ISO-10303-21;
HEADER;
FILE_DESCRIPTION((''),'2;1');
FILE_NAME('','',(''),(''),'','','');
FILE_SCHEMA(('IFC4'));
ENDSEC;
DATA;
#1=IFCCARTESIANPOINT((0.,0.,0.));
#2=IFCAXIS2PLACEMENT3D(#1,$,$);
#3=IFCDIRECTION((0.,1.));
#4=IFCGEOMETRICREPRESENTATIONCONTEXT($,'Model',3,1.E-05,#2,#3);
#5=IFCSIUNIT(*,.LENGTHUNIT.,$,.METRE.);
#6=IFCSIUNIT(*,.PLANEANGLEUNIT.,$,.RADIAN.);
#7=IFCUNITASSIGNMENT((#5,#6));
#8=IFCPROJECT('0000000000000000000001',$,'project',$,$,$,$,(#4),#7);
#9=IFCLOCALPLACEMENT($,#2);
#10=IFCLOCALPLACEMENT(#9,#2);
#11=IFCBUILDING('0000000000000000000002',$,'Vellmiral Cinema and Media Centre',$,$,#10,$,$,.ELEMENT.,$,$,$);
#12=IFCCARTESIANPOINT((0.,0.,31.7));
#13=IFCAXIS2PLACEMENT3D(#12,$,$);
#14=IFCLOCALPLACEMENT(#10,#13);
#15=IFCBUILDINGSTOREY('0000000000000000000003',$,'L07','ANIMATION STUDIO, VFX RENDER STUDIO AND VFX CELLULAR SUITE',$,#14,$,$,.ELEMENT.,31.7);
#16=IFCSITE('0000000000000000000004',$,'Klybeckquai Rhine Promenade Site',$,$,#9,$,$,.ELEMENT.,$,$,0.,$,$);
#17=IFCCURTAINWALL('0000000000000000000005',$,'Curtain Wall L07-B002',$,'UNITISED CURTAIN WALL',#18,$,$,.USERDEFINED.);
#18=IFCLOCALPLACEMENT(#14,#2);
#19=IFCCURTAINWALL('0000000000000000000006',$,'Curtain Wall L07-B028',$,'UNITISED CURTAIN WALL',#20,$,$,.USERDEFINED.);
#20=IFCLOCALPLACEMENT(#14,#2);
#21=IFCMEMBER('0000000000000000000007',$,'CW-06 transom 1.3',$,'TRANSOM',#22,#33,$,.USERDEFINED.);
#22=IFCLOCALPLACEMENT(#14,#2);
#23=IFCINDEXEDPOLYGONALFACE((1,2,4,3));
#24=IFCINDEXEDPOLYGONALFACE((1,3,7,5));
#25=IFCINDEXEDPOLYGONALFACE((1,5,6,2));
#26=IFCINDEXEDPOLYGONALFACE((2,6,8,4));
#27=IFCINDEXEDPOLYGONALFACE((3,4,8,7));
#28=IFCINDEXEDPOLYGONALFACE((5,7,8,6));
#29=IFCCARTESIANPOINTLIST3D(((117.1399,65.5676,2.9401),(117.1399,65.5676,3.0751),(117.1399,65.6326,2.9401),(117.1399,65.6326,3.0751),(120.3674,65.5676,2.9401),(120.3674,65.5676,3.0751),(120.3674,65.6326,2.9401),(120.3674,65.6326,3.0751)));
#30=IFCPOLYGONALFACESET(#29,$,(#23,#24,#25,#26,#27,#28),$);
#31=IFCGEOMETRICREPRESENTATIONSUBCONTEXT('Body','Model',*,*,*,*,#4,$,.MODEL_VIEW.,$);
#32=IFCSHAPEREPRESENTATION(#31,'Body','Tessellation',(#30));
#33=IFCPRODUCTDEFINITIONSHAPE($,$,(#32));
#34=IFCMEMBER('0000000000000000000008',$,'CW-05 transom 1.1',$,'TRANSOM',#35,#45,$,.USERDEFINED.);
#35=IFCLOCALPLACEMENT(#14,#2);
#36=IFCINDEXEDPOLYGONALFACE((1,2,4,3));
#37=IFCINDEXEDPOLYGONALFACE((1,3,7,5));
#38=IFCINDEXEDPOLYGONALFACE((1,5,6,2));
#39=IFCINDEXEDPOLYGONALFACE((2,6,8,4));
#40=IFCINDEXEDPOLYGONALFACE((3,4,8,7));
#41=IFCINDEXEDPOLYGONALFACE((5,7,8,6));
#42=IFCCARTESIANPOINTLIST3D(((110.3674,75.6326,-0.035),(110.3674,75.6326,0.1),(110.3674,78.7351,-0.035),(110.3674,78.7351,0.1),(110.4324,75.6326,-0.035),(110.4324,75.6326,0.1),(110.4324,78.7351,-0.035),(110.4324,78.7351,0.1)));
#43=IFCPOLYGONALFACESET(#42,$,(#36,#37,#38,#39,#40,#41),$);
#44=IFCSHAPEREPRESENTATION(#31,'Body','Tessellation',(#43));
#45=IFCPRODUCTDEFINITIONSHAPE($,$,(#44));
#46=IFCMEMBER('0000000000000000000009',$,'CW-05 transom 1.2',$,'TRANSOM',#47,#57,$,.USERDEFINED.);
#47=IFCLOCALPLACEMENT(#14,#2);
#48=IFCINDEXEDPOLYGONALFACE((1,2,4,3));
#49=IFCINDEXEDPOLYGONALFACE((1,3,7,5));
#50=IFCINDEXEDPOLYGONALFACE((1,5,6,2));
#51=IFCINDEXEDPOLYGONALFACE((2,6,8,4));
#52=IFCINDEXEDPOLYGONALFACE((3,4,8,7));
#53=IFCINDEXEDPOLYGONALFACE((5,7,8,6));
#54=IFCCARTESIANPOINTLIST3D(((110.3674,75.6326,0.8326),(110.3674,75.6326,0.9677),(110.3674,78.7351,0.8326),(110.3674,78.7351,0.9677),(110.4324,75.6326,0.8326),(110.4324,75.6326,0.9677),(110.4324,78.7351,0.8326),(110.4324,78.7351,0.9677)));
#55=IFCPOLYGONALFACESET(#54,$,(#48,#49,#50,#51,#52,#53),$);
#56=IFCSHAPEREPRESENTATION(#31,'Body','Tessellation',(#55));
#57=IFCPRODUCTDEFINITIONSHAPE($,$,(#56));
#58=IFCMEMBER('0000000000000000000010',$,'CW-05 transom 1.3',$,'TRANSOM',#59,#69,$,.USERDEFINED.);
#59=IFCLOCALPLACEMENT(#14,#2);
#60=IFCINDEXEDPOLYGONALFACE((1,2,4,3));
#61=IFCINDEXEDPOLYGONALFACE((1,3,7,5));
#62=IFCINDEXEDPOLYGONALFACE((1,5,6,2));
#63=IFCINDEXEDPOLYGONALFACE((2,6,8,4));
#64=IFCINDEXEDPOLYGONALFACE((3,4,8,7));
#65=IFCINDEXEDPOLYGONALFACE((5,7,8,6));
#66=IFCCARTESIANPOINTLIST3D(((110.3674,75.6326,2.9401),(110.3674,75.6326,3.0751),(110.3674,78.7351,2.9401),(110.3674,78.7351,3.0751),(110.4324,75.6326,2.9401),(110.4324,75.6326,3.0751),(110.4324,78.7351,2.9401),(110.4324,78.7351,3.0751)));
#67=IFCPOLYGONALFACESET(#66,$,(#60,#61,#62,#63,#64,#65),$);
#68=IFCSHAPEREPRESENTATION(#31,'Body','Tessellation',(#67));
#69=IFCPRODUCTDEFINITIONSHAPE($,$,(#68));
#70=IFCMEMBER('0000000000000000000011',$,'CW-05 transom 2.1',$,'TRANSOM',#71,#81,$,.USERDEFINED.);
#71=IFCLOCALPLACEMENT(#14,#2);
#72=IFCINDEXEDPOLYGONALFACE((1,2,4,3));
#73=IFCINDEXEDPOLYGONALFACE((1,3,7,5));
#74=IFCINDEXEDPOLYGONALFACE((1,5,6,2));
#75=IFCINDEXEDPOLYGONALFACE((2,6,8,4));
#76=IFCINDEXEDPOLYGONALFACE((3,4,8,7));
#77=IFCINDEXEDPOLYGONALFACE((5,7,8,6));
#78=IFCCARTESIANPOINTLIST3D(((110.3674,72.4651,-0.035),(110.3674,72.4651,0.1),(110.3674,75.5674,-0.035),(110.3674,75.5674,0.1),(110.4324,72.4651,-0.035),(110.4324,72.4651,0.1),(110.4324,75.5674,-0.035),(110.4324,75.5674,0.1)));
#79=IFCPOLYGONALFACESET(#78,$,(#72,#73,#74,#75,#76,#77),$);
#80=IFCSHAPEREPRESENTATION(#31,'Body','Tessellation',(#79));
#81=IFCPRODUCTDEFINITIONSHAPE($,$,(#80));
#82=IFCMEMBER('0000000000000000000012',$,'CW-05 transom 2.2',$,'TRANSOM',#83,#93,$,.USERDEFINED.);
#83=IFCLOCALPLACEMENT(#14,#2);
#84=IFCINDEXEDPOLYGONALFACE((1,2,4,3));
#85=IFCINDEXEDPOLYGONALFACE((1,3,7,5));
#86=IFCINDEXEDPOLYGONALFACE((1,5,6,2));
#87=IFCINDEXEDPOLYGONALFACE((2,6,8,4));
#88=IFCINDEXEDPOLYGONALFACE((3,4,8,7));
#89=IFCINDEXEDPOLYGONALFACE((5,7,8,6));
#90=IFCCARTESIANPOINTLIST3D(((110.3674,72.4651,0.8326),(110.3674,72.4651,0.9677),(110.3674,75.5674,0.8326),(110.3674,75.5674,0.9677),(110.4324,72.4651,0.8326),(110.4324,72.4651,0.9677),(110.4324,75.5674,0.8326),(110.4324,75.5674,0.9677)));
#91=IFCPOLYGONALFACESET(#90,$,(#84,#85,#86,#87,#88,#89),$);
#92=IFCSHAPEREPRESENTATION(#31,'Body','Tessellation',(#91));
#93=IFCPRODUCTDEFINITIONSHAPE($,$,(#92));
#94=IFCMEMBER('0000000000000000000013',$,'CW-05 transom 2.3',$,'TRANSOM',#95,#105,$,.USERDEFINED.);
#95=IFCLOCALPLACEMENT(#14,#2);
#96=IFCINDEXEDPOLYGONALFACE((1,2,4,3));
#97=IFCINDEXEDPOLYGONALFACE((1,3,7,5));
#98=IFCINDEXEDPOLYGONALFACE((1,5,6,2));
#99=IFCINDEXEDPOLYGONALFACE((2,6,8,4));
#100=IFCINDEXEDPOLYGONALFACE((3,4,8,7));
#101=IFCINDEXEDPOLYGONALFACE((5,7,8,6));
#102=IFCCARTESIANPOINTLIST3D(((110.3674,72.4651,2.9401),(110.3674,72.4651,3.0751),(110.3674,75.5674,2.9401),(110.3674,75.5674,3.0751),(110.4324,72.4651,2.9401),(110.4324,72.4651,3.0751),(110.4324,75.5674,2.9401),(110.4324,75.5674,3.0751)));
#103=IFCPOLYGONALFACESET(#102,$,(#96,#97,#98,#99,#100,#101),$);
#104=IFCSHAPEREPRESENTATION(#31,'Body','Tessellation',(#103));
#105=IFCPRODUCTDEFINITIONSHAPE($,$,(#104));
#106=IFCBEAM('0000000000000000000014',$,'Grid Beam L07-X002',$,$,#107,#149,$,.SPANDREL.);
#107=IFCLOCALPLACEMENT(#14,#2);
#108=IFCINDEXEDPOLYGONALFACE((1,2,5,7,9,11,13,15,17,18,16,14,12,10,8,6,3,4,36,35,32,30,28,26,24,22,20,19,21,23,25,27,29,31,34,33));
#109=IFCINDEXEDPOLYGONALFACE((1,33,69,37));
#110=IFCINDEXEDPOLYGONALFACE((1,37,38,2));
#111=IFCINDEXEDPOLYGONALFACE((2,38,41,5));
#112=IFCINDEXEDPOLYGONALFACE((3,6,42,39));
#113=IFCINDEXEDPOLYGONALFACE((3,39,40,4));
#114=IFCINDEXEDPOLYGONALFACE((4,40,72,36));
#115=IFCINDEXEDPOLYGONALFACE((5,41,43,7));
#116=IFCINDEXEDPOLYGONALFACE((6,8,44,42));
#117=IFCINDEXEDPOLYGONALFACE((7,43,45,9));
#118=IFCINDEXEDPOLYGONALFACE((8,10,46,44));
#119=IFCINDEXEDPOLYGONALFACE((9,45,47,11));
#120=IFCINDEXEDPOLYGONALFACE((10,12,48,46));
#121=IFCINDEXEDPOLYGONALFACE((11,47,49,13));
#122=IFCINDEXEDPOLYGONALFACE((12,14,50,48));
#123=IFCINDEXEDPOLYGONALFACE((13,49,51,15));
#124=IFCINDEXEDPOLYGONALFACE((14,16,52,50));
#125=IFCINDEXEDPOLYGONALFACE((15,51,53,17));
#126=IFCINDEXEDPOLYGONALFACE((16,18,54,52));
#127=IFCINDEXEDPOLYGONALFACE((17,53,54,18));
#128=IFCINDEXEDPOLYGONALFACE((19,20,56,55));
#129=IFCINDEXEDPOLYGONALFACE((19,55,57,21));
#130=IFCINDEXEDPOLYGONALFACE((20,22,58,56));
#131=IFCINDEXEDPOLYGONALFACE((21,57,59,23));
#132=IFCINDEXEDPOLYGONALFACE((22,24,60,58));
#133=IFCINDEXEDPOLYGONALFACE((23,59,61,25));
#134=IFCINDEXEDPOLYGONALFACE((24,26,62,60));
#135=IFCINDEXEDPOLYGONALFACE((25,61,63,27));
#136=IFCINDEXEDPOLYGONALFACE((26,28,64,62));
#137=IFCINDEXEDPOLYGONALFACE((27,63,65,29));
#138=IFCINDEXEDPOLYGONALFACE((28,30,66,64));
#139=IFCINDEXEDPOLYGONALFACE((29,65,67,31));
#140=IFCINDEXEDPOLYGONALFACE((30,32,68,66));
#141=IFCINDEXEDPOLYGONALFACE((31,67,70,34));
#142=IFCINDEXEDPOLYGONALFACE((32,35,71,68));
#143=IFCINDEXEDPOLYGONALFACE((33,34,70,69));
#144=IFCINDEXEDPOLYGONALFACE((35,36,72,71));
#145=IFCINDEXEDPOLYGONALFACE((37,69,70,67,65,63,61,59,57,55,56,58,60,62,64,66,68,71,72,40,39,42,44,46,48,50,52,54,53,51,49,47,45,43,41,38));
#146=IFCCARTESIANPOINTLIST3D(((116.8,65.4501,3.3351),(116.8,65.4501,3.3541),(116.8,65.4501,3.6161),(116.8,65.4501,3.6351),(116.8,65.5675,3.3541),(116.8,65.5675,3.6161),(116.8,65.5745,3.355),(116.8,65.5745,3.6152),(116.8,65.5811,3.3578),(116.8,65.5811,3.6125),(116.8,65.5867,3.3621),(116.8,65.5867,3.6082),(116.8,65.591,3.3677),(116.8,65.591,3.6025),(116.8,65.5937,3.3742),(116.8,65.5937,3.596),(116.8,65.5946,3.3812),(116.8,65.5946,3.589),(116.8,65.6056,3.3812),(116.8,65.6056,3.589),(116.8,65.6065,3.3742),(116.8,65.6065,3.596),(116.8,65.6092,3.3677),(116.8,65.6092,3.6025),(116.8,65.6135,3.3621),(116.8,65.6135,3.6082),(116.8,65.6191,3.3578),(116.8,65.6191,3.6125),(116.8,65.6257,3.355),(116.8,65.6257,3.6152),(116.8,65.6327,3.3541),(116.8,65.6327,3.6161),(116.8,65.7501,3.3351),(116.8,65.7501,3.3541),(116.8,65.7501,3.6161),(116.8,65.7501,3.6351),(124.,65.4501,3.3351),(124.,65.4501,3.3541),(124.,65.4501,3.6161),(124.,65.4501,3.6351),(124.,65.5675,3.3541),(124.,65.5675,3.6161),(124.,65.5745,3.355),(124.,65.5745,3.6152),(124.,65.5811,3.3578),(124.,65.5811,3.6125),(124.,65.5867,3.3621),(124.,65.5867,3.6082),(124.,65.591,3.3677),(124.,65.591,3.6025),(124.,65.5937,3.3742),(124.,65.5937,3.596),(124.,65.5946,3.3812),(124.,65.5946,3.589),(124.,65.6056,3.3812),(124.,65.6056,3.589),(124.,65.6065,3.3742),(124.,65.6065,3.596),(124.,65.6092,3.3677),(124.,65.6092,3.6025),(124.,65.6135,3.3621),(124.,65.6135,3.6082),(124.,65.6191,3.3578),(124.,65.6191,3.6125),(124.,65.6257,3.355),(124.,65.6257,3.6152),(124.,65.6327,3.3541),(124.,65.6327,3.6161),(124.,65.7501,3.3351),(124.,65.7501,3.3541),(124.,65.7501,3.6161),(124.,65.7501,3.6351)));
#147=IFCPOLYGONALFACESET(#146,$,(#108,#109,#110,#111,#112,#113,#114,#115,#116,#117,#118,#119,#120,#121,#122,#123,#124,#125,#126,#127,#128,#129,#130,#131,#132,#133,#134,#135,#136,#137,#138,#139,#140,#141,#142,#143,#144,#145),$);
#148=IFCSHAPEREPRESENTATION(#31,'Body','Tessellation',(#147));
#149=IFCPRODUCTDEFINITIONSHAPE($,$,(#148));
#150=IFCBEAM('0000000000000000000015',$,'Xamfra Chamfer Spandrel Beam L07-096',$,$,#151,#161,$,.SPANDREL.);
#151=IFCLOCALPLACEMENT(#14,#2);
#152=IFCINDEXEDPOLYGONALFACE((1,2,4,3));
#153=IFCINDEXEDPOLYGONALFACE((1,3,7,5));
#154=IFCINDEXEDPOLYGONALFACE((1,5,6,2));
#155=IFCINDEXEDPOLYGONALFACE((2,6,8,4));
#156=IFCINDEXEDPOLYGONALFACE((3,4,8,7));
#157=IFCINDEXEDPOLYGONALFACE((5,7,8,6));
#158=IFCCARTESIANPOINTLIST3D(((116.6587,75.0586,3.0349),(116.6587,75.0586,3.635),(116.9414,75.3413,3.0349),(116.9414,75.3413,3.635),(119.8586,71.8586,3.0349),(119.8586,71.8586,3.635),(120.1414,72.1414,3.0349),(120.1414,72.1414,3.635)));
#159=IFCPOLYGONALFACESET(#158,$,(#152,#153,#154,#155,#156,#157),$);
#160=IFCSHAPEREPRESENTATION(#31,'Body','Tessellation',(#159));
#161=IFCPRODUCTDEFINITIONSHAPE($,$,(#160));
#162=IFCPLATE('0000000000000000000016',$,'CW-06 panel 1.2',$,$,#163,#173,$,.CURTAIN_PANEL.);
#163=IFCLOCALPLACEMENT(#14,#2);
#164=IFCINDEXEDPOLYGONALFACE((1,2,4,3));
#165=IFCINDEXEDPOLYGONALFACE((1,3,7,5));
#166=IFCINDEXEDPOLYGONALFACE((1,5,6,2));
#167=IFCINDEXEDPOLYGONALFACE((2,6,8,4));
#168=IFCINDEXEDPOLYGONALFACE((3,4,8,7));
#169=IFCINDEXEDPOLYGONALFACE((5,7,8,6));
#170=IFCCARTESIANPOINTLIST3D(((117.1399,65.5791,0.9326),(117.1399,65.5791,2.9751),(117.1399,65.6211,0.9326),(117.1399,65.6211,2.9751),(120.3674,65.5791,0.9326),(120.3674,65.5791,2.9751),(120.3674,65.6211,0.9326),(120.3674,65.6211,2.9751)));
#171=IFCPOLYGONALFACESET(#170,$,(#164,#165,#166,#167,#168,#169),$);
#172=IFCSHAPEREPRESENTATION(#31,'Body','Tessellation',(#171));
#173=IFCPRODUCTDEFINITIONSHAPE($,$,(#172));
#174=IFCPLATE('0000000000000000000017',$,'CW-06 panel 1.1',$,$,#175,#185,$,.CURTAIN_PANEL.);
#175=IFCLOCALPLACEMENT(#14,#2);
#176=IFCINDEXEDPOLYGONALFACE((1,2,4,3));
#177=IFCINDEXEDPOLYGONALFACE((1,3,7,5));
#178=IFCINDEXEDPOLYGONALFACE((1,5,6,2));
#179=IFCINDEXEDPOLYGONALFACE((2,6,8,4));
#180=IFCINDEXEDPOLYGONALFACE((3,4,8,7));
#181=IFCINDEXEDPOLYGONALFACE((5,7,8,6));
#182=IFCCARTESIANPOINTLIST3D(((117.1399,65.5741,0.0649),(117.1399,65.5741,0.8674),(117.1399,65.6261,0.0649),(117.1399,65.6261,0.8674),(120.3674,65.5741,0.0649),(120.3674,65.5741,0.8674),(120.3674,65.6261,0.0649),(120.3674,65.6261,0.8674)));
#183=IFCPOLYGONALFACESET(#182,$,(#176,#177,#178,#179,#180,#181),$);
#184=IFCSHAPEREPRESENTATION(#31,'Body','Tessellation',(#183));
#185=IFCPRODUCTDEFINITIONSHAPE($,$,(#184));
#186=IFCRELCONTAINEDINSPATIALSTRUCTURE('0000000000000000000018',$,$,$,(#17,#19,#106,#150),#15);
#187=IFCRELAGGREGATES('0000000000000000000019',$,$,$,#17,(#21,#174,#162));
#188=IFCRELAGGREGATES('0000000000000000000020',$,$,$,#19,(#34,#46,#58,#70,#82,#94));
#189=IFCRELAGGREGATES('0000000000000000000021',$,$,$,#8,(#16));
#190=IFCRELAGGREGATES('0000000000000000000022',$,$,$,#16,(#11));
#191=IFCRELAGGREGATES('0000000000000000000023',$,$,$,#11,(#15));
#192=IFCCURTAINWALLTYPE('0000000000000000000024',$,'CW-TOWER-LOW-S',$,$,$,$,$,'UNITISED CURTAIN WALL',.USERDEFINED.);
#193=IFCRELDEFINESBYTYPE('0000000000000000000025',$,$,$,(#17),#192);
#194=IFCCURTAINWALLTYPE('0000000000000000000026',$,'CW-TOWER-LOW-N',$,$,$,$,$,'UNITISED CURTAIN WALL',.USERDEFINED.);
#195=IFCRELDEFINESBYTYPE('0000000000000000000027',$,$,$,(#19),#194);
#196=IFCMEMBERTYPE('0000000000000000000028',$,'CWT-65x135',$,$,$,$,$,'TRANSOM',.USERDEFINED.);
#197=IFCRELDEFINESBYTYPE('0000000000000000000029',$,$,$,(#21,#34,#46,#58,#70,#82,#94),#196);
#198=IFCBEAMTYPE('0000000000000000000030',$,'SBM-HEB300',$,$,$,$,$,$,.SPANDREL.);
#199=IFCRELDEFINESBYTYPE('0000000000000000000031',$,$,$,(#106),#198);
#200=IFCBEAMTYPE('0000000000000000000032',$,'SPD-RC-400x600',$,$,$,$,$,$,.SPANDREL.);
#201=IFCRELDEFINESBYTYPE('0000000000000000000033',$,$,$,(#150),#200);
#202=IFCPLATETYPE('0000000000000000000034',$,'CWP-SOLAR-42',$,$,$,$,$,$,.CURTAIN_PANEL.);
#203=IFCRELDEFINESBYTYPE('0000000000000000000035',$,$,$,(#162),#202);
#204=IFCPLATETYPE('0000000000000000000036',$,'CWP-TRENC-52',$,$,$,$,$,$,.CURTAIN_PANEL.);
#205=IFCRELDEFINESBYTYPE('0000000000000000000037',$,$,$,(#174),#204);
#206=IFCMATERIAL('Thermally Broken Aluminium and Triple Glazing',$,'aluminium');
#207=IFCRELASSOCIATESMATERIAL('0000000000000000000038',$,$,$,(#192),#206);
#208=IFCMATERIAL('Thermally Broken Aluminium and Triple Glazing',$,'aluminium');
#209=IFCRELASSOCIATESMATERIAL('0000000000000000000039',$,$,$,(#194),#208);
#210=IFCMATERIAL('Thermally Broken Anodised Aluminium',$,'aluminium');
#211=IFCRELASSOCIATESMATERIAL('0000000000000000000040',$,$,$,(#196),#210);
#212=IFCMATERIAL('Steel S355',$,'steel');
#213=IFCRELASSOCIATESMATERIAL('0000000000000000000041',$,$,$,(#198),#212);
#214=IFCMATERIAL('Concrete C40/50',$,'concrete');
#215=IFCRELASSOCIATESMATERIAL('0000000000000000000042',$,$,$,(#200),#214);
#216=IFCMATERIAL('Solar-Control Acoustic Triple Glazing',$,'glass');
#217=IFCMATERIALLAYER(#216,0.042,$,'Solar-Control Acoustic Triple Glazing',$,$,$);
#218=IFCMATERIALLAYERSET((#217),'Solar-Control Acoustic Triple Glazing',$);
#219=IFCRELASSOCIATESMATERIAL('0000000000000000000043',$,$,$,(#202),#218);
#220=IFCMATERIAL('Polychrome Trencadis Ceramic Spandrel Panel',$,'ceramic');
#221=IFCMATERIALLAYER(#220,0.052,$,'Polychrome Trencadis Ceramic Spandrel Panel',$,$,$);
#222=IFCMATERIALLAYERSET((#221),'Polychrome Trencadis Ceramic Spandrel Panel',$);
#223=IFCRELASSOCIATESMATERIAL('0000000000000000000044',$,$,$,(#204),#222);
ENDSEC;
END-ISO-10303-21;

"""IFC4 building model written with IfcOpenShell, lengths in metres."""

from ifc_helpers import new_model, si_unit, direction, frame, origin, origin_2d, place, context, subcontext, project, spatial, rectangle, i_section, extrude, material, layer, layer_set, material_profile, profile_set, type_object, element, aggregate, save


model = new_model("IFC4")

# Units and contexts
model_context = context("Model", 3, precision=1e-05, world=origin(), true_north=direction((0.0, 1.0)))
body_context = subcontext(model_context, "Body", "Model", "MODEL_VIEW")
ifc_project = project(units=[si_unit("LENGTHUNIT", "METRE"), si_unit("PLANEANGLEUNIT", "RADIAN")], contexts=[model_context])

# Site, building, storey
site_placement = place(None, origin())
site = spatial("IfcSite", under=ifc_project, at=site_placement, Name="Klybeckquai Rhine Promenade Site", CompositionType="ELEMENT", RefElevation=0.0)
building_placement = place(site_placement, origin())
building = spatial("IfcBuilding", under=site, at=building_placement, Name="Vellmiral Cinema and Media Centre", CompositionType="ELEMENT")
storey_placement = place(building_placement, frame((0.0, 0.0, 31.7)))
storey = spatial("IfcBuildingStorey", under=building, at=storey_placement, Name="L07", Description="ANIMATION STUDIO, VFX RENDER STUDIO AND VFX CELLULAR SUITE", CompositionType="ELEMENT", Elevation=31.7)

# Curtain wall
ifc_material_1 = material(Name="Thermally Broken Aluminium and Triple Glazing", Category="aluminium")
curtain_wall_type_1 = type_object("IfcCurtainWallType", Name="CW-TOWER-LOW-S", ElementType="UNITISED CURTAIN WALL", PredefinedType="USERDEFINED", material=ifc_material_1)
curtain_wall_1_placement = place(storey_placement, origin())
curtain_wall_1 = element("IfcCurtainWall", 1, at=curtain_wall_1_placement, inside=storey, type_object=curtain_wall_type_1, Name="Curtain Wall L07-B002", ObjectType="UNITISED CURTAIN WALL", PredefinedType="USERDEFINED")

# Curtain wall
ifc_material_2 = material(Name="Thermally Broken Aluminium and Triple Glazing", Category="aluminium")
curtain_wall_type_2 = type_object("IfcCurtainWallType", Name="CW-TOWER-LOW-N", ElementType="UNITISED CURTAIN WALL", PredefinedType="USERDEFINED", material=ifc_material_2)
curtain_wall_2_placement = place(storey_placement, origin())
curtain_wall_2 = element("IfcCurtainWall", 2, at=curtain_wall_2_placement, inside=storey, type_object=curtain_wall_type_2, Name="Curtain Wall L07-B028", ObjectType="UNITISED CURTAIN WALL", PredefinedType="USERDEFINED")

# Members
ifc_material_3 = material(Name="Thermally Broken Anodised Aluminium", Category="aluminium")
ifc_material_profile_1 = material_profile(ifc_material_3, rectangle(XDim=0.0649, YDim=0.135, at=origin_2d()), Name="MULL 65x135")
ifc_profile_set_1 = profile_set([ifc_material_profile_1], Name="Thermally Broken Anodised Aluminium")
member_type_1 = type_object("IfcMemberType", Name="CWT-65x135", ElementType="TRANSOM", PredefinedType="USERDEFINED", material=ifc_profile_set_1)
member_1_placement = place(storey_placement, frame((117.1399, 65.6001, 3.0076), z_axis=(1.0, 0.0, 0.0), x_axis=(0.0, 1.0, 0.0)))
member_1 = element("IfcMember", 3, at=member_1_placement, type_object=member_type_1, Name="CW-06 transom 1.3", ObjectType="TRANSOM", PredefinedType="USERDEFINED", context=body_context, shape_type="SweptSolid", body=[
    extrude(rectangle(XDim=0.0649, YDim=0.135, at=origin_2d()), origin(), (0.0, 0.0, 1.0), 3.2275),
])
member_2_placement = place(storey_placement, frame((110.3999, 78.7351, 0.0325), z_axis=(0.0, -1.0, 0.0), x_axis=(1.0, 0.0, 0.0)))
member_2 = element("IfcMember", 4, at=member_2_placement, type_object=member_type_1, Name="CW-05 transom 1.1", ObjectType="TRANSOM", PredefinedType="USERDEFINED", context=body_context, shape_type="SweptSolid", body=[
    extrude(rectangle(XDim=0.0649, YDim=0.135, at=origin_2d()), origin(), (0.0, 0.0, 1.0), 3.1025),
])
member_3_placement = place(storey_placement, frame((110.3999, 78.7351, 0.9001), z_axis=(0.0, -1.0, 0.0), x_axis=(1.0, 0.0, 0.0)))
member_3 = element("IfcMember", 5, at=member_3_placement, type_object=member_type_1, Name="CW-05 transom 1.2", ObjectType="TRANSOM", PredefinedType="USERDEFINED", context=body_context, shape_type="SweptSolid", body=[
    extrude(rectangle(XDim=0.0649, YDim=0.135, at=origin_2d()), origin(), (0.0, 0.0, 1.0), 3.1025),
])
member_4_placement = place(storey_placement, frame((110.3999, 78.7351, 3.0076), z_axis=(0.0, -1.0, 0.0), x_axis=(1.0, 0.0, 0.0)))
member_4 = element("IfcMember", 6, at=member_4_placement, type_object=member_type_1, Name="CW-05 transom 1.3", ObjectType="TRANSOM", PredefinedType="USERDEFINED", context=body_context, shape_type="SweptSolid", body=[
    extrude(rectangle(XDim=0.0649, YDim=0.135, at=origin_2d()), origin(), (0.0, 0.0, 1.0), 3.1025),
])
member_5_placement = place(storey_placement, frame((110.3999, 75.5674, 0.0325), z_axis=(0.0, -1.0, 0.0), x_axis=(1.0, 0.0, 0.0)))
member_5 = element("IfcMember", 7, at=member_5_placement, type_object=member_type_1, Name="CW-05 transom 2.1", ObjectType="TRANSOM", PredefinedType="USERDEFINED", context=body_context, shape_type="SweptSolid", body=[
    extrude(rectangle(XDim=0.0649, YDim=0.135, at=origin_2d()), origin(), (0.0, 0.0, 1.0), 3.1023),
])
member_6_placement = place(storey_placement, frame((110.3999, 75.5674, 0.9001), z_axis=(0.0, -1.0, 0.0), x_axis=(1.0, 0.0, 0.0)))
member_6 = element("IfcMember", 8, at=member_6_placement, type_object=member_type_1, Name="CW-05 transom 2.2", ObjectType="TRANSOM", PredefinedType="USERDEFINED", context=body_context, shape_type="SweptSolid", body=[
    extrude(rectangle(XDim=0.0649, YDim=0.135, at=origin_2d()), origin(), (0.0, 0.0, 1.0), 3.1023),
])
member_7_placement = place(storey_placement, frame((110.3999, 75.5674, 3.0076), z_axis=(0.0, -1.0, 0.0), x_axis=(1.0, 0.0, 0.0)))
member_7 = element("IfcMember", 9, at=member_7_placement, type_object=member_type_1, Name="CW-05 transom 2.3", ObjectType="TRANSOM", PredefinedType="USERDEFINED", context=body_context, shape_type="SweptSolid", body=[
    extrude(rectangle(XDim=0.0649, YDim=0.135, at=origin_2d()), origin(), (0.0, 0.0, 1.0), 3.1023),
])

# Beams
ifc_material_4 = material(Name="Steel S355", Category="steel")
ifc_material_profile_2 = material_profile(ifc_material_4, i_section(OverallWidth=0.3, OverallDepth=0.3, WebThickness=0.011, FlangeThickness=0.019, FilletRadius=0.0271, at=origin_2d()), Name="HEB 300")
ifc_profile_set_2 = profile_set([ifc_material_profile_2], Name="Steel S355")
beam_type_1 = type_object("IfcBeamType", Name="SBM-HEB300", PredefinedType="SPANDREL", material=ifc_profile_set_2)
beam_1_placement = place(storey_placement, frame((116.8, 65.6001, 3.4851), z_axis=(1.0, 0.0, 0.0), x_axis=(0.0, 1.0, 0.0)))
element("IfcBeam", 10, at=beam_1_placement, inside=storey, type_object=beam_type_1, Name="Grid Beam L07-X002", PredefinedType="SPANDREL", context=body_context, shape_type="SweptSolid", body=[
    extrude(i_section(OverallWidth=0.3, OverallDepth=0.3, WebThickness=0.011, FlangeThickness=0.019, FilletRadius=0.0271, at=origin_2d()), origin(), (0.0, 0.0, 1.0), 7.2),
])
ifc_material_5 = material(Name="Concrete C40/50", Category="concrete")
ifc_material_profile_3 = material_profile(ifc_material_5, rectangle(XDim=0.3999, YDim=0.6001, at=origin_2d()), Name="RC 400x600")
ifc_profile_set_3 = profile_set([ifc_material_profile_3], Name="Concrete C40/50")
beam_type_2 = type_object("IfcBeamType", Name="SPD-RC-400x600", PredefinedType="SPANDREL", material=ifc_profile_set_3)
beam_2_placement = place(storey_placement, frame((116.8, 75.2, 3.335), z_axis=(0.707107, -0.707107, 0.0), x_axis=(0.707107, 0.707107, 0.0)))
element("IfcBeam", 11, at=beam_2_placement, inside=storey, type_object=beam_type_2, Name="Xamfra Chamfer Spandrel Beam L07-096", PredefinedType="SPANDREL", context=body_context, shape_type="SweptSolid", body=[
    extrude(rectangle(XDim=0.3999, YDim=0.6001, at=origin_2d()), origin(), (0.0, 0.0, 1.0), 4.5254),
])

# Plates
ifc_material_6 = material(Name="Solar-Control Acoustic Triple Glazing", Category="glass")
ifc_layer_1 = layer(ifc_material_6, 0.042, Name="Solar-Control Acoustic Triple Glazing")
ifc_layer_set_1 = layer_set([ifc_layer_1], Name="Solar-Control Acoustic Triple Glazing")
plate_type_1 = type_object("IfcPlateType", Name="CWP-SOLAR-42", PredefinedType="CURTAIN_PANEL", material=ifc_layer_set_1)
plate_1_placement = place(storey_placement, frame((118.7537, 65.6001, 0.9326), z_axis=(0.0, 0.0, 1.0), x_axis=(1.0, 0.0, 0.0)))
plate_1 = element("IfcPlate", 12, at=plate_1_placement, type_object=plate_type_1, Name="CW-06 panel 1.2", PredefinedType="CURTAIN_PANEL", context=body_context, shape_type="SweptSolid", body=[
    extrude(rectangle(XDim=3.2275, YDim=0.042, at=origin_2d()), origin(), (0.0, 0.0, 1.0), 2.0425),
])
ifc_material_7 = material(Name="Polychrome Trencadis Ceramic Spandrel Panel", Category="ceramic")
ifc_layer_2 = layer(ifc_material_7, 0.052, Name="Polychrome Trencadis Ceramic Spandrel Panel")
ifc_layer_set_2 = layer_set([ifc_layer_2], Name="Polychrome Trencadis Ceramic Spandrel Panel")
plate_type_2 = type_object("IfcPlateType", Name="CWP-TRENC-52", PredefinedType="CURTAIN_PANEL", material=ifc_layer_set_2)
plate_2_placement = place(storey_placement, frame((118.7537, 65.6001, 0.0649), z_axis=(0.0, 0.0, 1.0), x_axis=(1.0, 0.0, 0.0)))
plate_2 = element("IfcPlate", 13, at=plate_2_placement, type_object=plate_type_2, Name="CW-06 panel 1.1", PredefinedType="CURTAIN_PANEL", context=body_context, shape_type="SweptSolid", body=[
    extrude(rectangle(XDim=3.2275, YDim=0.052, at=origin_2d()), origin(), (0.0, 0.0, 1.0), 0.8025),
])
aggregate(curtain_wall_1, [member_1, plate_2, plate_1])
aggregate(curtain_wall_2, [member_2, member_3, member_4, member_5, member_6, member_7])

save(model, "model.ifc")
